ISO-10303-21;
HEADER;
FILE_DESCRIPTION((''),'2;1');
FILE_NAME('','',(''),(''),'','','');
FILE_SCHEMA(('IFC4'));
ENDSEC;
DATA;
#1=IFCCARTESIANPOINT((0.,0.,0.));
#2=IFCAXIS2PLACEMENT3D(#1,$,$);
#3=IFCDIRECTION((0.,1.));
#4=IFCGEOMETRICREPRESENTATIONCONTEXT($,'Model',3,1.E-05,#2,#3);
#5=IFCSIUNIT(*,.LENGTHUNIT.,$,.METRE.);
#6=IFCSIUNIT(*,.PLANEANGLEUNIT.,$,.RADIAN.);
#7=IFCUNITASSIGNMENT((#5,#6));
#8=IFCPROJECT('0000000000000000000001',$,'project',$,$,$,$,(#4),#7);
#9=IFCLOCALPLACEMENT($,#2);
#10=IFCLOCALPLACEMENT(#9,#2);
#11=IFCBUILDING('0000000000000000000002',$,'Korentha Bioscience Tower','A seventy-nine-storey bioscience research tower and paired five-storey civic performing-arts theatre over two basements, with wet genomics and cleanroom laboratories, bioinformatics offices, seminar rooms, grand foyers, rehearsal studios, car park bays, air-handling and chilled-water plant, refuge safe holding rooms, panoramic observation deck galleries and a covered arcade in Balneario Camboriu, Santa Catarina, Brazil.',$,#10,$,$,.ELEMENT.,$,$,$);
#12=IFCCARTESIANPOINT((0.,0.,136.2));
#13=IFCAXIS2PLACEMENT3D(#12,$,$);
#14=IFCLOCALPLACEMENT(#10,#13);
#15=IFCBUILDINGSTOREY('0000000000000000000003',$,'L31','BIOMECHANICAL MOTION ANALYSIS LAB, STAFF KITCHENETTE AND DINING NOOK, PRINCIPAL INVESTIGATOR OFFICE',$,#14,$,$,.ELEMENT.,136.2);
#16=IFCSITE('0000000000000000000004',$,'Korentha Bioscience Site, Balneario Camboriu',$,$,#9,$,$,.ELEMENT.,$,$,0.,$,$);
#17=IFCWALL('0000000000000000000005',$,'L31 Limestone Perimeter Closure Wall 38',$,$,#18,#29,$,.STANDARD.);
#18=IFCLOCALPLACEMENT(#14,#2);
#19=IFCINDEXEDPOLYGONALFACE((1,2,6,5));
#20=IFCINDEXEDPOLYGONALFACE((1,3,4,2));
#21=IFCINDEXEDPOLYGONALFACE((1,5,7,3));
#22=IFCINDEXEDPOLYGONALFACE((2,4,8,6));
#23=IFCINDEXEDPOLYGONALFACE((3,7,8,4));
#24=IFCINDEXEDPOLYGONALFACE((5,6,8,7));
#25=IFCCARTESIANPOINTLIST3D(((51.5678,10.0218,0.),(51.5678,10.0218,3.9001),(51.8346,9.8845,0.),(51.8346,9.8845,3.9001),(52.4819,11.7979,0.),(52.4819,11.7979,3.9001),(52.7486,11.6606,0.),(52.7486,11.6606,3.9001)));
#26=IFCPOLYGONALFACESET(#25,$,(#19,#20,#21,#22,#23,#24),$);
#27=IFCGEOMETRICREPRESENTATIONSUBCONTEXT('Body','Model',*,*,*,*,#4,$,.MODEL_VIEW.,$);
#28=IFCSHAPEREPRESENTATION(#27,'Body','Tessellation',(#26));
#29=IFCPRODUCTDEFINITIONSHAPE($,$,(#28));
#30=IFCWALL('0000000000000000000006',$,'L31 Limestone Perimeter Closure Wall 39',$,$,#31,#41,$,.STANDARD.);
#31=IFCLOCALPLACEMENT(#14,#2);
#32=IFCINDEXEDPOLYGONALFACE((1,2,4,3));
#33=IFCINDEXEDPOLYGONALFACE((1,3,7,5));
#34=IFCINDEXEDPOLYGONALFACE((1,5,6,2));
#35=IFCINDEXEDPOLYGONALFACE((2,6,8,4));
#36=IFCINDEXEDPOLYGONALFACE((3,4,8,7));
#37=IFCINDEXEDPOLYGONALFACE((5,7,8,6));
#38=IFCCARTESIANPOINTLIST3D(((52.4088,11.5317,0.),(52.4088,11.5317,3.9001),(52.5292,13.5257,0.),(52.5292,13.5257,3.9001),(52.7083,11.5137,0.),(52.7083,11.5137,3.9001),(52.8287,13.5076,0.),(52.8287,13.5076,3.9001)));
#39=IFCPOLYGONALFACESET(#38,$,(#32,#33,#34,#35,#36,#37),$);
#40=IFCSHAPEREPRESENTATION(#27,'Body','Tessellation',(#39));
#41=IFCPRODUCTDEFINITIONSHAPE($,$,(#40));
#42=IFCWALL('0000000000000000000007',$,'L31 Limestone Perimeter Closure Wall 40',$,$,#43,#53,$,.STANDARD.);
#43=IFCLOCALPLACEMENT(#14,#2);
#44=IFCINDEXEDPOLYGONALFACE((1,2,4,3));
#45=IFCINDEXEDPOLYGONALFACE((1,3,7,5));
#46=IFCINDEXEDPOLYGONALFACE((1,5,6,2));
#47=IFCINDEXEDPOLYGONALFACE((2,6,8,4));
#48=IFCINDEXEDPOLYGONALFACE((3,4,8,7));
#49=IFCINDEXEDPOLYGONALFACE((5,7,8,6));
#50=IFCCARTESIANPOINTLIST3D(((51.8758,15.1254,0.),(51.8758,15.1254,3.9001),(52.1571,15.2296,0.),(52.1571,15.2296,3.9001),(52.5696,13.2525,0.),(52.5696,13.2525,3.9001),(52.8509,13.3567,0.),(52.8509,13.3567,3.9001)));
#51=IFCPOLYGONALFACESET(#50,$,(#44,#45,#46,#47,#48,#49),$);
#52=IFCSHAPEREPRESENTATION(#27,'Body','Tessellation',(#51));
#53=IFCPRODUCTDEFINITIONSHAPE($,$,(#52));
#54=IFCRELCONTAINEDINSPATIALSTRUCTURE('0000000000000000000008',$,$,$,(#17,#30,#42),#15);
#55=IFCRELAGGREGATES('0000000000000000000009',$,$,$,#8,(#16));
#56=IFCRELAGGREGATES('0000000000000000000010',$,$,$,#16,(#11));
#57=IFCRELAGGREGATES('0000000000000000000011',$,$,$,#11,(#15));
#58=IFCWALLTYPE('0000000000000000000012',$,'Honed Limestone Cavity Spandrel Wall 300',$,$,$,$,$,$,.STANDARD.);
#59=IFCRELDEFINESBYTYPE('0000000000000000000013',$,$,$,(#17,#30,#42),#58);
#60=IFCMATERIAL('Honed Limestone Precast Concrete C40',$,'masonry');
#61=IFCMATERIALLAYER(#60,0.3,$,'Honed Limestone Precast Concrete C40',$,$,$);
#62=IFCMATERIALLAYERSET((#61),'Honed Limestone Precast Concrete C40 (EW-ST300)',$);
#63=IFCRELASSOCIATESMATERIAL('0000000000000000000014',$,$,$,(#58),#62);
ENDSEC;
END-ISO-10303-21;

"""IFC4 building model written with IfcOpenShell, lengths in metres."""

from ifc_helpers import new_model, si_unit, direction, frame, frame_2d, origin, place, context, subcontext, project, spatial, rectangle, extrude, material, layer, layer_set, type_object, element, save


model = new_model("IFC4")

# Units and contexts
model_context = context("Model", 3, precision=1e-05, world=origin(), true_north=direction((0.0, 1.0)))
body_context = subcontext(model_context, "Body", "Model", "MODEL_VIEW")
ifc_project = project(units=[si_unit("LENGTHUNIT", "METRE"), si_unit("PLANEANGLEUNIT", "RADIAN")], contexts=[model_context])

# Site, building, storey
site_placement = place(None, origin())
site = spatial("IfcSite", under=ifc_project, at=site_placement, Name="Korentha Bioscience Site, Balneario Camboriu", CompositionType="ELEMENT", RefElevation=0.0)
building_placement = place(site_placement, origin())
building = spatial("IfcBuilding", under=site, at=building_placement, Name="Korentha Bioscience Tower", Description="A seventy-nine-storey bioscience research tower and paired five-storey civic performing-arts theatre over two basements, with wet genomics and cleanroom laboratories, bioinformatics offices, seminar rooms, grand foyers, rehearsal studios, car park bays, air-handling and chilled-water plant, refuge safe holding rooms, panoramic observation deck galleries and a covered arcade in Balneario Camboriu, Santa Catarina, Brazil.", CompositionType="ELEMENT")
storey_placement = place(building_placement, frame((0.0, 0.0, 136.2)))
storey = spatial("IfcBuildingStorey", under=building, at=storey_placement, Name="L31", Description="BIOMECHANICAL MOTION ANALYSIS LAB, STAFF KITCHENETTE AND DINING NOOK, PRINCIPAL INVESTIGATOR OFFICE", CompositionType="ELEMENT", Elevation=136.2)

# Walls
ifc_material_1 = material(Name="Honed Limestone Precast Concrete C40", Category="masonry")
ifc_layer_1 = layer(ifc_material_1, 0.3, Name="Honed Limestone Precast Concrete C40")
ifc_layer_set_1 = layer_set([ifc_layer_1], Name="Honed Limestone Precast Concrete C40 (EW-ST300)")
wall_type = type_object("IfcWallType", Name="Honed Limestone Cavity Spandrel Wall 300", PredefinedType="STANDARD", material=ifc_layer_set_1)
for number, where, z_axis, x_axis, name in (
    (1, (51.7012, 9.9531, 0.0), (0.0, 0.0, 1.0), (0.457597, 0.88916, 0.0), "L31 Limestone Perimeter Closure Wall 38"),
    (2, (52.5586, 11.5227, 0.0), (0.0, 0.0, 1.0), (0.060255, 0.998183, 0.0), "L31 Limestone Perimeter Closure Wall 39"),
):
    element("IfcWall", number, at=place(storey_placement, frame(where, z_axis=z_axis, x_axis=x_axis)), inside=storey, type_object=wall_type, Name=name, PredefinedType="STANDARD", context=body_context, shape_type="SweptSolid", body=[
        extrude(rectangle(XDim=1.9976, YDim=0.3, at=frame_2d((0.9988, 0.0))), origin(), (0.0, 0.0, 1.0), 3.9001),
    ])
wall_1_placement = place(storey_placement, frame((52.7102, 13.3047, 0.0), z_axis=(0.0, 0.0, 1.0), x_axis=(-0.34737, 0.937728, 0.0)))
element("IfcWall", 3, at=wall_1_placement, inside=storey, type_object=wall_type, Name="L31 Limestone Perimeter Closure Wall 40", PredefinedType="STANDARD", context=body_context, shape_type="SweptSolid", body=[
    extrude(rectangle(XDim=1.9973, YDim=0.3, at=frame_2d((0.9985, 0.0))), origin(), (0.0, 0.0, 1.0), 3.9001),
])

save(model, "model.ifc")
